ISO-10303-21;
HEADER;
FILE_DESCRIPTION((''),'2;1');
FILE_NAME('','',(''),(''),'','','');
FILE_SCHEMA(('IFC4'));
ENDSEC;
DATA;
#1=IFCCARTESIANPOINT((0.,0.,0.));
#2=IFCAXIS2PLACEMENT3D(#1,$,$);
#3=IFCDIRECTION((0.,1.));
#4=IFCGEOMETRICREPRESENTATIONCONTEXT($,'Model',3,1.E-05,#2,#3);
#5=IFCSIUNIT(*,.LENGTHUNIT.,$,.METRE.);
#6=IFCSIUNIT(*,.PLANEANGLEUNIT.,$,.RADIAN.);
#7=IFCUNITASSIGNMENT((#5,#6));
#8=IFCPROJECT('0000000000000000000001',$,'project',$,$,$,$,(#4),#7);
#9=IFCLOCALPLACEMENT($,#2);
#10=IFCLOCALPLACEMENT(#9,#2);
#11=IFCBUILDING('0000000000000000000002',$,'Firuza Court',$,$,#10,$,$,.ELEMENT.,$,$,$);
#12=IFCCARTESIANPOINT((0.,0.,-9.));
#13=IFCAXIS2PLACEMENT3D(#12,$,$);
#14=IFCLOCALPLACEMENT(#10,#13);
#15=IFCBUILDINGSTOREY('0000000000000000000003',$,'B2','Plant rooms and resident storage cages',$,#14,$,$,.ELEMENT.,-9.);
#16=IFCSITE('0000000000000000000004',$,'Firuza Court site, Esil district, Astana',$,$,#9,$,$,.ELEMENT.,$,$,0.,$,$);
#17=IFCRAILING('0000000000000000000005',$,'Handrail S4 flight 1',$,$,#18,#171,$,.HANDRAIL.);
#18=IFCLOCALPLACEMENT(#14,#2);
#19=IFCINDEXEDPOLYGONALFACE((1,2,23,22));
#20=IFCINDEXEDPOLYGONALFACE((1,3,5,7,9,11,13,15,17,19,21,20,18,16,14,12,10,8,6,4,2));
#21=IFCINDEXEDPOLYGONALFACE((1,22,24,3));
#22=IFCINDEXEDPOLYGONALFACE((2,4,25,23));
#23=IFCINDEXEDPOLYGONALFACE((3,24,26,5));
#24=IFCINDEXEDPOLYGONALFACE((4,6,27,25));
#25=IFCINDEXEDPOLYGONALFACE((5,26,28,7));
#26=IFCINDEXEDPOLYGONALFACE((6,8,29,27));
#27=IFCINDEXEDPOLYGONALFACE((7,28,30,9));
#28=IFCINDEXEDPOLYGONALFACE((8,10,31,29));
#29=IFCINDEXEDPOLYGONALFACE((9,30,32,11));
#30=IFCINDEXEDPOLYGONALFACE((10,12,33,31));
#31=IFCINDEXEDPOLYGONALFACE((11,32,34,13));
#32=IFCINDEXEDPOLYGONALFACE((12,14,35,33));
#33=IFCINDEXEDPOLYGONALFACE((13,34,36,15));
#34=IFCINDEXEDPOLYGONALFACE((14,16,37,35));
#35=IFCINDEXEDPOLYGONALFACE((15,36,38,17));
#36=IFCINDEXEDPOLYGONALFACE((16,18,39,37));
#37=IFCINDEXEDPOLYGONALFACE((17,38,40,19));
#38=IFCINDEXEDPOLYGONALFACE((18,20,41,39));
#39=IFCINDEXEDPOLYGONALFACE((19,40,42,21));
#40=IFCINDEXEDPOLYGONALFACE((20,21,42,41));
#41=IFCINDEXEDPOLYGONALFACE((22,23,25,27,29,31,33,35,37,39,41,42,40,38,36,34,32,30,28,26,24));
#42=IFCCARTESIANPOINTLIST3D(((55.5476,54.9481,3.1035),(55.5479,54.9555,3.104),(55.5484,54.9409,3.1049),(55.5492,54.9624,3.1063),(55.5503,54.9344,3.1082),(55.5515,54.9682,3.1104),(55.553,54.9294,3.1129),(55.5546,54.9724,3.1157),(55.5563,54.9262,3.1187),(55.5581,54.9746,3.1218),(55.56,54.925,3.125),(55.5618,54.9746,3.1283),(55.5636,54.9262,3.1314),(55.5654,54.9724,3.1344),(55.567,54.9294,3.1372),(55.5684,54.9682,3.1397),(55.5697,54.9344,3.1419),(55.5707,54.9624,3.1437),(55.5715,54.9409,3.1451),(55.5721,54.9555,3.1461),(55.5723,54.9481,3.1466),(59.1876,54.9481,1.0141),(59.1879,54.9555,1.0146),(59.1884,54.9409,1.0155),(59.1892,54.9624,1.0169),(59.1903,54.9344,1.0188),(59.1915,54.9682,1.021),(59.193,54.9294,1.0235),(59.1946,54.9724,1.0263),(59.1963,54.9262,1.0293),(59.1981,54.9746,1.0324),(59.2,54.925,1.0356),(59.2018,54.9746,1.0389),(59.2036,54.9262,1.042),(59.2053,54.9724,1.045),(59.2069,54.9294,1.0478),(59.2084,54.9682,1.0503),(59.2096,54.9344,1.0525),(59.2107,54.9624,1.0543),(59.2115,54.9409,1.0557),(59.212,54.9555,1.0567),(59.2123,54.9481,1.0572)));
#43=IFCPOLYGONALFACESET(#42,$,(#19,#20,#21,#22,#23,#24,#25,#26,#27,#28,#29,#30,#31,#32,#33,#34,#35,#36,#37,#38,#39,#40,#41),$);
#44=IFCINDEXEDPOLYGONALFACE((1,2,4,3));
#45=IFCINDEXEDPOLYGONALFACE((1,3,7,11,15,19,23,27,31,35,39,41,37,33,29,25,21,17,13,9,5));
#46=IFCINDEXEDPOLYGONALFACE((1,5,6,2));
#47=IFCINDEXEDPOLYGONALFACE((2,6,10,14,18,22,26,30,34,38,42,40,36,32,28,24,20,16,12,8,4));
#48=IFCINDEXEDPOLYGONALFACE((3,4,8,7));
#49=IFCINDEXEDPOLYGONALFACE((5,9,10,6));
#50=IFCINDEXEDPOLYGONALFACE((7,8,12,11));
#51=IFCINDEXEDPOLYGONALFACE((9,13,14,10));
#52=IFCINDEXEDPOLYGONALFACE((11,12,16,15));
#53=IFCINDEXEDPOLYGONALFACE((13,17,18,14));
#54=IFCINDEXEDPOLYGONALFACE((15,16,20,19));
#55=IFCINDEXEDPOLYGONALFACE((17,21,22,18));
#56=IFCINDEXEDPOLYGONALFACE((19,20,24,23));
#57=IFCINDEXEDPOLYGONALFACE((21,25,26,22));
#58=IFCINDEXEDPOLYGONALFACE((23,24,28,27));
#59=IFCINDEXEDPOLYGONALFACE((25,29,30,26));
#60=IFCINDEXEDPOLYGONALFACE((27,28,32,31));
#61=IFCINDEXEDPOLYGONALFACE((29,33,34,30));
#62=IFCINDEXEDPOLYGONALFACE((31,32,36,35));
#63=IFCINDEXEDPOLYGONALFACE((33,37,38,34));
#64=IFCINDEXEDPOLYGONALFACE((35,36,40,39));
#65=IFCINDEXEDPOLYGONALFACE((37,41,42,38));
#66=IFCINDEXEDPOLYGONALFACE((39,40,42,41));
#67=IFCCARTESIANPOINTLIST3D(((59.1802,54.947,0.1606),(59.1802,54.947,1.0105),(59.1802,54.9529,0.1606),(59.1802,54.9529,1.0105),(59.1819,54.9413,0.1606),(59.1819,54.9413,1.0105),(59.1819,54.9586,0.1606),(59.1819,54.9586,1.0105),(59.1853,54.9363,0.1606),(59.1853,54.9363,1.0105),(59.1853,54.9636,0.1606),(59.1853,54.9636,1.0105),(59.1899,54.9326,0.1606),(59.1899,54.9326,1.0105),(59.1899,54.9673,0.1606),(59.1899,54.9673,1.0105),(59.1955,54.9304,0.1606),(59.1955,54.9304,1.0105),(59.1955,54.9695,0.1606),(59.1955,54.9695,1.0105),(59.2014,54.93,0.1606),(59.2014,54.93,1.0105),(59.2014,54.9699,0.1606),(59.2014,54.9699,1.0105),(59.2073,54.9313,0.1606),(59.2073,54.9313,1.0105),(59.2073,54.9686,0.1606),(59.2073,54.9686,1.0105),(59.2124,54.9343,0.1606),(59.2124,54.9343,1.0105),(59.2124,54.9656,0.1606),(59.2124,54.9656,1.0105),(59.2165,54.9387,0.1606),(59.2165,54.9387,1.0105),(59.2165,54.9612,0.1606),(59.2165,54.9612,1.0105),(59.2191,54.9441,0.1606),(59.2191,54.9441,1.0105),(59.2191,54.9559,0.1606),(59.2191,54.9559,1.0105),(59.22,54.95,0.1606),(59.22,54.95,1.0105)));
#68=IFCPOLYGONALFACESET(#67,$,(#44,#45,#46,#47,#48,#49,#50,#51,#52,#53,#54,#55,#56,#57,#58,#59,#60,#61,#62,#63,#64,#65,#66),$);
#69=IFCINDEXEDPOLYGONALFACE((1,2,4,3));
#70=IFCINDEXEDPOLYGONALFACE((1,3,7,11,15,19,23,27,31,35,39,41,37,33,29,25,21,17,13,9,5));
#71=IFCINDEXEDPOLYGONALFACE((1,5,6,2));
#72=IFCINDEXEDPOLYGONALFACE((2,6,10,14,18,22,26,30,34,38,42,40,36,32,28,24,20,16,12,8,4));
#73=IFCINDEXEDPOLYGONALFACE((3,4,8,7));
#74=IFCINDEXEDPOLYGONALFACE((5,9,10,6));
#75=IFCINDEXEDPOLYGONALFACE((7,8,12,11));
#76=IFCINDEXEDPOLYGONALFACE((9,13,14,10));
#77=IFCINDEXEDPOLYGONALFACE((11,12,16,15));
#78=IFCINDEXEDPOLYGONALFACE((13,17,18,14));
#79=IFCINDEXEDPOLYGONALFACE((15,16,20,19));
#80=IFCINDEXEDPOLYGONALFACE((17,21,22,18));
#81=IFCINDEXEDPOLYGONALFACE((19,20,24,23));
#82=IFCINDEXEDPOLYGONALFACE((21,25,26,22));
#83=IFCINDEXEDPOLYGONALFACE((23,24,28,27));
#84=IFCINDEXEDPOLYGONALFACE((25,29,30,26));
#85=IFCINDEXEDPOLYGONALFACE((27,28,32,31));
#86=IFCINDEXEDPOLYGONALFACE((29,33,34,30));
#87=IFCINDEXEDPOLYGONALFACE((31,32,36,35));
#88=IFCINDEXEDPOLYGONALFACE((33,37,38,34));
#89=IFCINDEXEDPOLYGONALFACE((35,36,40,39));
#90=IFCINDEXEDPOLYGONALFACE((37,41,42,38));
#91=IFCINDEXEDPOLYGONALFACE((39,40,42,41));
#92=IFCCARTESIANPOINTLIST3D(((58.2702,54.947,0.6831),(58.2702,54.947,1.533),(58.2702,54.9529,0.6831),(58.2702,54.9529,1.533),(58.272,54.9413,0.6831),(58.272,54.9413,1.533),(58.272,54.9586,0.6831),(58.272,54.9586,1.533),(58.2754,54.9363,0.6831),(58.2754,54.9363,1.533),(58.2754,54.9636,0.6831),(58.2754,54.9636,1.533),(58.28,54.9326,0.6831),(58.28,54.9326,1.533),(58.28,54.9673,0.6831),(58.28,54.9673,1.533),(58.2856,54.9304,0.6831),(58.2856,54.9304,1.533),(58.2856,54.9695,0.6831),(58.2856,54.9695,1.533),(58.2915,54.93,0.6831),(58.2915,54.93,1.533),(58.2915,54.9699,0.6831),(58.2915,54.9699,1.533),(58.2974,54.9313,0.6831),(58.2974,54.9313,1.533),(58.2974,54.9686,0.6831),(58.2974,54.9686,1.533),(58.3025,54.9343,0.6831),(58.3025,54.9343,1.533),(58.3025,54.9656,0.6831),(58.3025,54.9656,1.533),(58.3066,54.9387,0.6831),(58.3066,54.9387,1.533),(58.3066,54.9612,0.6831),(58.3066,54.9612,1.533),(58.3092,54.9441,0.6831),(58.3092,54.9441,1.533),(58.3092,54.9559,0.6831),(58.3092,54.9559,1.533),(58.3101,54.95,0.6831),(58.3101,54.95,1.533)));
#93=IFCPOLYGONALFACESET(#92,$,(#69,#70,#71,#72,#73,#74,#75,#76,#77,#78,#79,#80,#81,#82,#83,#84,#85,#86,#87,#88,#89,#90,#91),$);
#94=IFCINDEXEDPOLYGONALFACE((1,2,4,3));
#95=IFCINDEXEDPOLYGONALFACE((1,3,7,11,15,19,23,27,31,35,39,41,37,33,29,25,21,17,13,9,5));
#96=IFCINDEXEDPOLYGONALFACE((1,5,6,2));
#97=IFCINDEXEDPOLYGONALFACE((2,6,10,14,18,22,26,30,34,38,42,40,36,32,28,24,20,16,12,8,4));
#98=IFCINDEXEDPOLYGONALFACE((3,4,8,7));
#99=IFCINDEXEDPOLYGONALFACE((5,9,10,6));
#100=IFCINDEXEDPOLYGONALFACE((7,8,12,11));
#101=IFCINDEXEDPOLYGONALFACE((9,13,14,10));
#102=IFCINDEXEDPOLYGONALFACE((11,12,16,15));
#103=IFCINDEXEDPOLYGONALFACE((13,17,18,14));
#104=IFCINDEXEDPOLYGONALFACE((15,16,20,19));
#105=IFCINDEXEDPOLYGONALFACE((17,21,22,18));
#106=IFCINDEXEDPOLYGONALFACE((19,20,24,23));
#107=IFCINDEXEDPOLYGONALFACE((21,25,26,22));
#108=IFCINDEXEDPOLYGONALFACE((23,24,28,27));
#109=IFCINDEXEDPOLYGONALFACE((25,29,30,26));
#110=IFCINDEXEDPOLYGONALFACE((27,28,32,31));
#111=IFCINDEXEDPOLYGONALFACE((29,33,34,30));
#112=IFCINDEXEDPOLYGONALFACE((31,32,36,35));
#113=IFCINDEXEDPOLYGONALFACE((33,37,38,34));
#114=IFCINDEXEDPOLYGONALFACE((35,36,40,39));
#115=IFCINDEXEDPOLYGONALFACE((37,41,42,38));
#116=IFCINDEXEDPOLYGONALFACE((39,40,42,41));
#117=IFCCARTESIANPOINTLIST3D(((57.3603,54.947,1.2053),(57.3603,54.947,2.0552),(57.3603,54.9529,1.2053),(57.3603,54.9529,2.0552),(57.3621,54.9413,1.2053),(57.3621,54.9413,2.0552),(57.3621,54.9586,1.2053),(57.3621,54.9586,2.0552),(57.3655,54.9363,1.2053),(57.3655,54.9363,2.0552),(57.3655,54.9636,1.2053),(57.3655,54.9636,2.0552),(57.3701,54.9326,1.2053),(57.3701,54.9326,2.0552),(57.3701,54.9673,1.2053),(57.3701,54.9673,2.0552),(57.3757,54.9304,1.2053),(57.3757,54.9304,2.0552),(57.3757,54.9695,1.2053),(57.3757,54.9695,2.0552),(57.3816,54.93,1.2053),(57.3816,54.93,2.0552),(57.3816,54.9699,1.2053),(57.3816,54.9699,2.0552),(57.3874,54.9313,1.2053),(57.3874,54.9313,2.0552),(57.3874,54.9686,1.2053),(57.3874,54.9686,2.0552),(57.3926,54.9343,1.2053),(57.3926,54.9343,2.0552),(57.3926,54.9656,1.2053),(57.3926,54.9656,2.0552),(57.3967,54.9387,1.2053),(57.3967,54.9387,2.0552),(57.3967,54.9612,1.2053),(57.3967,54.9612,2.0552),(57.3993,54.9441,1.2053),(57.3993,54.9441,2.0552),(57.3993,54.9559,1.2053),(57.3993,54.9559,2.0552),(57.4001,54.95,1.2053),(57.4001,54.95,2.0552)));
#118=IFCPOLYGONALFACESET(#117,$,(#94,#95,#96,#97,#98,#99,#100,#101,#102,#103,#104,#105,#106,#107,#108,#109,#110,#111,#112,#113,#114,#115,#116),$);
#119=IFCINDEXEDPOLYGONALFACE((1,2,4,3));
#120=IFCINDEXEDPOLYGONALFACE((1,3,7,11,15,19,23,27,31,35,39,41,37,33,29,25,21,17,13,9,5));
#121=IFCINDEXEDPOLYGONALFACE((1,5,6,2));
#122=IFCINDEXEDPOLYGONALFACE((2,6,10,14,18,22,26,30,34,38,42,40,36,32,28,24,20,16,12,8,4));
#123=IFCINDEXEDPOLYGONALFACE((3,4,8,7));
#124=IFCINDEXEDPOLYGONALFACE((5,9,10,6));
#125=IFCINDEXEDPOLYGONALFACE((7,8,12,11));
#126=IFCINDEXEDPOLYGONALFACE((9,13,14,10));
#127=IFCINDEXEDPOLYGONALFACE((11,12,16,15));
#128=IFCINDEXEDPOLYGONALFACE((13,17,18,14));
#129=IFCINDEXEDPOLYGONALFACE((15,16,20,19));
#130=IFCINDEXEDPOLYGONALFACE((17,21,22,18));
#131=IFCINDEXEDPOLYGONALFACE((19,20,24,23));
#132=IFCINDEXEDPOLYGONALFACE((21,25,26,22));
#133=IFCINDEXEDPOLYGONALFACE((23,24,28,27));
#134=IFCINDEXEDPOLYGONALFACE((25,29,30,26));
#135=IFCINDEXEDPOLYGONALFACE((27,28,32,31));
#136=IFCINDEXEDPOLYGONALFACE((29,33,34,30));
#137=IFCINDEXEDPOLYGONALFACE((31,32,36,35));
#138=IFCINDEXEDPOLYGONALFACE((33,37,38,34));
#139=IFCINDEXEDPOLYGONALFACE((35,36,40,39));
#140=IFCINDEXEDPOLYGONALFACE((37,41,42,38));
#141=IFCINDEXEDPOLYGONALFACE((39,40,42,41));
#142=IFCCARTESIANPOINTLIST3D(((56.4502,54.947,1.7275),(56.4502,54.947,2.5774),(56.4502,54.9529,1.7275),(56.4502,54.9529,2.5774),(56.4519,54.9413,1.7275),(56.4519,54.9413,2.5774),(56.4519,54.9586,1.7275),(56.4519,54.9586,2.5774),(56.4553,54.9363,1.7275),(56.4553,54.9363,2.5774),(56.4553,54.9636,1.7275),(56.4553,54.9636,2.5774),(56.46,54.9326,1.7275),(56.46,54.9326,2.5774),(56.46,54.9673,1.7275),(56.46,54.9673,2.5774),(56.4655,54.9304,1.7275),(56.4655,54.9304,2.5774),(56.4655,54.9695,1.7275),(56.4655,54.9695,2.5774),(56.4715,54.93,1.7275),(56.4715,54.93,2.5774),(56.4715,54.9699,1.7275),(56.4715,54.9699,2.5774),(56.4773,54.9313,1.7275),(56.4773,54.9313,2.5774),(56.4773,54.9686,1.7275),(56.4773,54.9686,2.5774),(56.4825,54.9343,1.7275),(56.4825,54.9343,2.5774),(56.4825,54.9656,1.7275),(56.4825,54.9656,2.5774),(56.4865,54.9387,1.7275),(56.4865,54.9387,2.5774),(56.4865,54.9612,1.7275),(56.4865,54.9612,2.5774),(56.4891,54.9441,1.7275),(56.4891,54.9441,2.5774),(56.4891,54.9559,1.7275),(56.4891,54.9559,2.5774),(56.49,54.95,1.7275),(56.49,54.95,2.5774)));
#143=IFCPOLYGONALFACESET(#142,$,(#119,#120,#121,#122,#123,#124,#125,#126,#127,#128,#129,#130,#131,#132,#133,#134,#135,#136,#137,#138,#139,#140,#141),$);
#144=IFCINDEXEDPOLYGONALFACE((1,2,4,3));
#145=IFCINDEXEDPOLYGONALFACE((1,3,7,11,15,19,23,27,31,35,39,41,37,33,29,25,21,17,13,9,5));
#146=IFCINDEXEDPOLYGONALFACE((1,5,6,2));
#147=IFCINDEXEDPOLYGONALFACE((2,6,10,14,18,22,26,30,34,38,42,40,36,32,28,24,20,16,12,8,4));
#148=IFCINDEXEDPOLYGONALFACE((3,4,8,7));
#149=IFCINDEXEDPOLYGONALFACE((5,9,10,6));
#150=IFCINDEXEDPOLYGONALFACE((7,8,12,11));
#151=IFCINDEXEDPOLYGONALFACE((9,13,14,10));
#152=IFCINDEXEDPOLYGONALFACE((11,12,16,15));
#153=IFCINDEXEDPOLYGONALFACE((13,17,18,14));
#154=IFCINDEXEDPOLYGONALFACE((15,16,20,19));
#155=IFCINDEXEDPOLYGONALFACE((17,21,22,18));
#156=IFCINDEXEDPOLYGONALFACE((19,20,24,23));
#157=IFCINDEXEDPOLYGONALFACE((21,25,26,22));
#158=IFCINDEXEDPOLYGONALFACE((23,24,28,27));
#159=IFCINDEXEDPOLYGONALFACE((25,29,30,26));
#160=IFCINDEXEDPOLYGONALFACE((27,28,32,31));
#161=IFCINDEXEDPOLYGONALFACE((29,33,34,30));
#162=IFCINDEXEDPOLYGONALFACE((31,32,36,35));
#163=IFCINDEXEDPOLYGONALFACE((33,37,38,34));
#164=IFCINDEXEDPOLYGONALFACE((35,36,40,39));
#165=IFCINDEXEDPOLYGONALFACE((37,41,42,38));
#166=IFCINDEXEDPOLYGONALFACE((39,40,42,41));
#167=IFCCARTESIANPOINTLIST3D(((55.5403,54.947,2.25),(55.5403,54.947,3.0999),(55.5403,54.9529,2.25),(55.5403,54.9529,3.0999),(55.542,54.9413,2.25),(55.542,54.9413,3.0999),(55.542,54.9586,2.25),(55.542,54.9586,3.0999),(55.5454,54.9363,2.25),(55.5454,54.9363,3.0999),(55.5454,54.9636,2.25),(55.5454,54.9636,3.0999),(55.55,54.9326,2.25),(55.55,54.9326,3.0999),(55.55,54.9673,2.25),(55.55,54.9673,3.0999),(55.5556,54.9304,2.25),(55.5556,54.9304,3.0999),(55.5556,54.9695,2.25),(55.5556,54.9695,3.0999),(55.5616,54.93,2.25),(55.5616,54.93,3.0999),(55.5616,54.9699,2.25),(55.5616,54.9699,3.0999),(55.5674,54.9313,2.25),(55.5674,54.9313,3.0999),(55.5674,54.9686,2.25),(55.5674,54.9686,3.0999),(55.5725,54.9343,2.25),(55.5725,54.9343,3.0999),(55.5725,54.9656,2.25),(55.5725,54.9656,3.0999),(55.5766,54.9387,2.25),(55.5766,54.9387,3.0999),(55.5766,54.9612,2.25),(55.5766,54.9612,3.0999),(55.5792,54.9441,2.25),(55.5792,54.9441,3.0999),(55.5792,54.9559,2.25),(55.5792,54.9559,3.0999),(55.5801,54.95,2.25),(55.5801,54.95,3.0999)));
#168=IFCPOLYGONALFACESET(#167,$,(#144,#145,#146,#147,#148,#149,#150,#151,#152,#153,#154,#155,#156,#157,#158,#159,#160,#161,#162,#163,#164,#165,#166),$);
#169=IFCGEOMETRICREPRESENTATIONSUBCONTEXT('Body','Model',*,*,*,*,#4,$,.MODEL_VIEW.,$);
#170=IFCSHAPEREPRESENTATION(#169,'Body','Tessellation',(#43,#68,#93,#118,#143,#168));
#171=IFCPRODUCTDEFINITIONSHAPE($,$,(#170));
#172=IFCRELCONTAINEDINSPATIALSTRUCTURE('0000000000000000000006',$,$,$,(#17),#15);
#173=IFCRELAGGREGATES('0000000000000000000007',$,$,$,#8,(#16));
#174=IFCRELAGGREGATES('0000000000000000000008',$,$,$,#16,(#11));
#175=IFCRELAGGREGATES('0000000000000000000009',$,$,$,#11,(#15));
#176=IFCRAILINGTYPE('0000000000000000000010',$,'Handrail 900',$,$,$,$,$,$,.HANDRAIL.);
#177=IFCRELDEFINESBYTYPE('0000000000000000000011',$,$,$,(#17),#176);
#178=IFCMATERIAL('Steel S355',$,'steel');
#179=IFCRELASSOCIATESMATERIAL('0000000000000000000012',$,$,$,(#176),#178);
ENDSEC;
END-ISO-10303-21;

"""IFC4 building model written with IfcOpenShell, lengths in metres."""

from ifc_helpers import new_model, si_unit, direction, frame, origin, origin_2d, place, context, subcontext, project, spatial, circle, extrude, material, type_object, element, save


model = new_model("IFC4")

# Units and contexts
model_context = context("Model", 3, precision=1e-05, world=origin(), true_north=direction((0.0, 1.0)))
body_context = subcontext(model_context, "Body", "Model", "MODEL_VIEW")
ifc_project = project(units=[si_unit("LENGTHUNIT", "METRE"), si_unit("PLANEANGLEUNIT", "RADIAN")], contexts=[model_context])

# Site, building, storey
site_placement = place(None, origin())
site = spatial("IfcSite", under=ifc_project, at=site_placement, Name="Firuza Court site, Esil district, Astana", CompositionType="ELEMENT", RefElevation=0.0)
building_placement = place(site_placement, origin())
building = spatial("IfcBuilding", under=site, at=building_placement, Name="Firuza Court", CompositionType="ELEMENT")
storey_placement = place(building_placement, frame((0.0, 0.0, -9.0)))
storey = spatial("IfcBuildingStorey", under=building, at=storey_placement, Name="B2", Description="Plant rooms and resident storage cages", CompositionType="ELEMENT", Elevation=-9.0)

# Railing
ifc_material_1 = material(Name="Steel S355", Category="steel")
railing_type_1 = type_object("IfcRailingType", Name="Handrail 900", PredefinedType="HANDRAIL", material=ifc_material_1)
railing_1_placement = place(storey_placement, frame((59.2, 54.95, 0.1606)))
element("IfcRailing", 1, at=railing_1_placement, inside=storey, type_object=railing_type_1, Name="Handrail S4 flight 1", PredefinedType="HANDRAIL", context=body_context, shape_type="SweptSolid", body=[
    extrude(circle(Radius=0.0249, at=origin_2d()), frame((0.0, 0.0, 0.875), z_axis=(-0.867275, 0.0, 0.497829), x_axis=(0.0, -1.0, 0.0)), (0.0, 0.0, 1.0), 4.197),
    extrude(circle(Radius=0.02, at=origin_2d()), origin(), (0.0, 0.0, 1.0), 0.8499),
    extrude(circle(Radius=0.02, at=origin_2d()), frame((-0.9099, 0.0, 0.5225)), (0.0, 0.0, 1.0), 0.8499),
    extrude(circle(Radius=0.02, at=origin_2d()), frame((-1.8198, 0.0, 1.0447)), (0.0, 0.0, 1.0), 0.8499),
    extrude(circle(Radius=0.02, at=origin_2d()), frame((-2.73, 0.0, 1.5669)), (0.0, 0.0, 1.0), 0.8499),
    extrude(circle(Radius=0.02, at=origin_2d()), frame((-3.6399, 0.0, 2.0894)), (0.0, 0.0, 1.0), 0.8499),
])

save(model, "model.ifc")
